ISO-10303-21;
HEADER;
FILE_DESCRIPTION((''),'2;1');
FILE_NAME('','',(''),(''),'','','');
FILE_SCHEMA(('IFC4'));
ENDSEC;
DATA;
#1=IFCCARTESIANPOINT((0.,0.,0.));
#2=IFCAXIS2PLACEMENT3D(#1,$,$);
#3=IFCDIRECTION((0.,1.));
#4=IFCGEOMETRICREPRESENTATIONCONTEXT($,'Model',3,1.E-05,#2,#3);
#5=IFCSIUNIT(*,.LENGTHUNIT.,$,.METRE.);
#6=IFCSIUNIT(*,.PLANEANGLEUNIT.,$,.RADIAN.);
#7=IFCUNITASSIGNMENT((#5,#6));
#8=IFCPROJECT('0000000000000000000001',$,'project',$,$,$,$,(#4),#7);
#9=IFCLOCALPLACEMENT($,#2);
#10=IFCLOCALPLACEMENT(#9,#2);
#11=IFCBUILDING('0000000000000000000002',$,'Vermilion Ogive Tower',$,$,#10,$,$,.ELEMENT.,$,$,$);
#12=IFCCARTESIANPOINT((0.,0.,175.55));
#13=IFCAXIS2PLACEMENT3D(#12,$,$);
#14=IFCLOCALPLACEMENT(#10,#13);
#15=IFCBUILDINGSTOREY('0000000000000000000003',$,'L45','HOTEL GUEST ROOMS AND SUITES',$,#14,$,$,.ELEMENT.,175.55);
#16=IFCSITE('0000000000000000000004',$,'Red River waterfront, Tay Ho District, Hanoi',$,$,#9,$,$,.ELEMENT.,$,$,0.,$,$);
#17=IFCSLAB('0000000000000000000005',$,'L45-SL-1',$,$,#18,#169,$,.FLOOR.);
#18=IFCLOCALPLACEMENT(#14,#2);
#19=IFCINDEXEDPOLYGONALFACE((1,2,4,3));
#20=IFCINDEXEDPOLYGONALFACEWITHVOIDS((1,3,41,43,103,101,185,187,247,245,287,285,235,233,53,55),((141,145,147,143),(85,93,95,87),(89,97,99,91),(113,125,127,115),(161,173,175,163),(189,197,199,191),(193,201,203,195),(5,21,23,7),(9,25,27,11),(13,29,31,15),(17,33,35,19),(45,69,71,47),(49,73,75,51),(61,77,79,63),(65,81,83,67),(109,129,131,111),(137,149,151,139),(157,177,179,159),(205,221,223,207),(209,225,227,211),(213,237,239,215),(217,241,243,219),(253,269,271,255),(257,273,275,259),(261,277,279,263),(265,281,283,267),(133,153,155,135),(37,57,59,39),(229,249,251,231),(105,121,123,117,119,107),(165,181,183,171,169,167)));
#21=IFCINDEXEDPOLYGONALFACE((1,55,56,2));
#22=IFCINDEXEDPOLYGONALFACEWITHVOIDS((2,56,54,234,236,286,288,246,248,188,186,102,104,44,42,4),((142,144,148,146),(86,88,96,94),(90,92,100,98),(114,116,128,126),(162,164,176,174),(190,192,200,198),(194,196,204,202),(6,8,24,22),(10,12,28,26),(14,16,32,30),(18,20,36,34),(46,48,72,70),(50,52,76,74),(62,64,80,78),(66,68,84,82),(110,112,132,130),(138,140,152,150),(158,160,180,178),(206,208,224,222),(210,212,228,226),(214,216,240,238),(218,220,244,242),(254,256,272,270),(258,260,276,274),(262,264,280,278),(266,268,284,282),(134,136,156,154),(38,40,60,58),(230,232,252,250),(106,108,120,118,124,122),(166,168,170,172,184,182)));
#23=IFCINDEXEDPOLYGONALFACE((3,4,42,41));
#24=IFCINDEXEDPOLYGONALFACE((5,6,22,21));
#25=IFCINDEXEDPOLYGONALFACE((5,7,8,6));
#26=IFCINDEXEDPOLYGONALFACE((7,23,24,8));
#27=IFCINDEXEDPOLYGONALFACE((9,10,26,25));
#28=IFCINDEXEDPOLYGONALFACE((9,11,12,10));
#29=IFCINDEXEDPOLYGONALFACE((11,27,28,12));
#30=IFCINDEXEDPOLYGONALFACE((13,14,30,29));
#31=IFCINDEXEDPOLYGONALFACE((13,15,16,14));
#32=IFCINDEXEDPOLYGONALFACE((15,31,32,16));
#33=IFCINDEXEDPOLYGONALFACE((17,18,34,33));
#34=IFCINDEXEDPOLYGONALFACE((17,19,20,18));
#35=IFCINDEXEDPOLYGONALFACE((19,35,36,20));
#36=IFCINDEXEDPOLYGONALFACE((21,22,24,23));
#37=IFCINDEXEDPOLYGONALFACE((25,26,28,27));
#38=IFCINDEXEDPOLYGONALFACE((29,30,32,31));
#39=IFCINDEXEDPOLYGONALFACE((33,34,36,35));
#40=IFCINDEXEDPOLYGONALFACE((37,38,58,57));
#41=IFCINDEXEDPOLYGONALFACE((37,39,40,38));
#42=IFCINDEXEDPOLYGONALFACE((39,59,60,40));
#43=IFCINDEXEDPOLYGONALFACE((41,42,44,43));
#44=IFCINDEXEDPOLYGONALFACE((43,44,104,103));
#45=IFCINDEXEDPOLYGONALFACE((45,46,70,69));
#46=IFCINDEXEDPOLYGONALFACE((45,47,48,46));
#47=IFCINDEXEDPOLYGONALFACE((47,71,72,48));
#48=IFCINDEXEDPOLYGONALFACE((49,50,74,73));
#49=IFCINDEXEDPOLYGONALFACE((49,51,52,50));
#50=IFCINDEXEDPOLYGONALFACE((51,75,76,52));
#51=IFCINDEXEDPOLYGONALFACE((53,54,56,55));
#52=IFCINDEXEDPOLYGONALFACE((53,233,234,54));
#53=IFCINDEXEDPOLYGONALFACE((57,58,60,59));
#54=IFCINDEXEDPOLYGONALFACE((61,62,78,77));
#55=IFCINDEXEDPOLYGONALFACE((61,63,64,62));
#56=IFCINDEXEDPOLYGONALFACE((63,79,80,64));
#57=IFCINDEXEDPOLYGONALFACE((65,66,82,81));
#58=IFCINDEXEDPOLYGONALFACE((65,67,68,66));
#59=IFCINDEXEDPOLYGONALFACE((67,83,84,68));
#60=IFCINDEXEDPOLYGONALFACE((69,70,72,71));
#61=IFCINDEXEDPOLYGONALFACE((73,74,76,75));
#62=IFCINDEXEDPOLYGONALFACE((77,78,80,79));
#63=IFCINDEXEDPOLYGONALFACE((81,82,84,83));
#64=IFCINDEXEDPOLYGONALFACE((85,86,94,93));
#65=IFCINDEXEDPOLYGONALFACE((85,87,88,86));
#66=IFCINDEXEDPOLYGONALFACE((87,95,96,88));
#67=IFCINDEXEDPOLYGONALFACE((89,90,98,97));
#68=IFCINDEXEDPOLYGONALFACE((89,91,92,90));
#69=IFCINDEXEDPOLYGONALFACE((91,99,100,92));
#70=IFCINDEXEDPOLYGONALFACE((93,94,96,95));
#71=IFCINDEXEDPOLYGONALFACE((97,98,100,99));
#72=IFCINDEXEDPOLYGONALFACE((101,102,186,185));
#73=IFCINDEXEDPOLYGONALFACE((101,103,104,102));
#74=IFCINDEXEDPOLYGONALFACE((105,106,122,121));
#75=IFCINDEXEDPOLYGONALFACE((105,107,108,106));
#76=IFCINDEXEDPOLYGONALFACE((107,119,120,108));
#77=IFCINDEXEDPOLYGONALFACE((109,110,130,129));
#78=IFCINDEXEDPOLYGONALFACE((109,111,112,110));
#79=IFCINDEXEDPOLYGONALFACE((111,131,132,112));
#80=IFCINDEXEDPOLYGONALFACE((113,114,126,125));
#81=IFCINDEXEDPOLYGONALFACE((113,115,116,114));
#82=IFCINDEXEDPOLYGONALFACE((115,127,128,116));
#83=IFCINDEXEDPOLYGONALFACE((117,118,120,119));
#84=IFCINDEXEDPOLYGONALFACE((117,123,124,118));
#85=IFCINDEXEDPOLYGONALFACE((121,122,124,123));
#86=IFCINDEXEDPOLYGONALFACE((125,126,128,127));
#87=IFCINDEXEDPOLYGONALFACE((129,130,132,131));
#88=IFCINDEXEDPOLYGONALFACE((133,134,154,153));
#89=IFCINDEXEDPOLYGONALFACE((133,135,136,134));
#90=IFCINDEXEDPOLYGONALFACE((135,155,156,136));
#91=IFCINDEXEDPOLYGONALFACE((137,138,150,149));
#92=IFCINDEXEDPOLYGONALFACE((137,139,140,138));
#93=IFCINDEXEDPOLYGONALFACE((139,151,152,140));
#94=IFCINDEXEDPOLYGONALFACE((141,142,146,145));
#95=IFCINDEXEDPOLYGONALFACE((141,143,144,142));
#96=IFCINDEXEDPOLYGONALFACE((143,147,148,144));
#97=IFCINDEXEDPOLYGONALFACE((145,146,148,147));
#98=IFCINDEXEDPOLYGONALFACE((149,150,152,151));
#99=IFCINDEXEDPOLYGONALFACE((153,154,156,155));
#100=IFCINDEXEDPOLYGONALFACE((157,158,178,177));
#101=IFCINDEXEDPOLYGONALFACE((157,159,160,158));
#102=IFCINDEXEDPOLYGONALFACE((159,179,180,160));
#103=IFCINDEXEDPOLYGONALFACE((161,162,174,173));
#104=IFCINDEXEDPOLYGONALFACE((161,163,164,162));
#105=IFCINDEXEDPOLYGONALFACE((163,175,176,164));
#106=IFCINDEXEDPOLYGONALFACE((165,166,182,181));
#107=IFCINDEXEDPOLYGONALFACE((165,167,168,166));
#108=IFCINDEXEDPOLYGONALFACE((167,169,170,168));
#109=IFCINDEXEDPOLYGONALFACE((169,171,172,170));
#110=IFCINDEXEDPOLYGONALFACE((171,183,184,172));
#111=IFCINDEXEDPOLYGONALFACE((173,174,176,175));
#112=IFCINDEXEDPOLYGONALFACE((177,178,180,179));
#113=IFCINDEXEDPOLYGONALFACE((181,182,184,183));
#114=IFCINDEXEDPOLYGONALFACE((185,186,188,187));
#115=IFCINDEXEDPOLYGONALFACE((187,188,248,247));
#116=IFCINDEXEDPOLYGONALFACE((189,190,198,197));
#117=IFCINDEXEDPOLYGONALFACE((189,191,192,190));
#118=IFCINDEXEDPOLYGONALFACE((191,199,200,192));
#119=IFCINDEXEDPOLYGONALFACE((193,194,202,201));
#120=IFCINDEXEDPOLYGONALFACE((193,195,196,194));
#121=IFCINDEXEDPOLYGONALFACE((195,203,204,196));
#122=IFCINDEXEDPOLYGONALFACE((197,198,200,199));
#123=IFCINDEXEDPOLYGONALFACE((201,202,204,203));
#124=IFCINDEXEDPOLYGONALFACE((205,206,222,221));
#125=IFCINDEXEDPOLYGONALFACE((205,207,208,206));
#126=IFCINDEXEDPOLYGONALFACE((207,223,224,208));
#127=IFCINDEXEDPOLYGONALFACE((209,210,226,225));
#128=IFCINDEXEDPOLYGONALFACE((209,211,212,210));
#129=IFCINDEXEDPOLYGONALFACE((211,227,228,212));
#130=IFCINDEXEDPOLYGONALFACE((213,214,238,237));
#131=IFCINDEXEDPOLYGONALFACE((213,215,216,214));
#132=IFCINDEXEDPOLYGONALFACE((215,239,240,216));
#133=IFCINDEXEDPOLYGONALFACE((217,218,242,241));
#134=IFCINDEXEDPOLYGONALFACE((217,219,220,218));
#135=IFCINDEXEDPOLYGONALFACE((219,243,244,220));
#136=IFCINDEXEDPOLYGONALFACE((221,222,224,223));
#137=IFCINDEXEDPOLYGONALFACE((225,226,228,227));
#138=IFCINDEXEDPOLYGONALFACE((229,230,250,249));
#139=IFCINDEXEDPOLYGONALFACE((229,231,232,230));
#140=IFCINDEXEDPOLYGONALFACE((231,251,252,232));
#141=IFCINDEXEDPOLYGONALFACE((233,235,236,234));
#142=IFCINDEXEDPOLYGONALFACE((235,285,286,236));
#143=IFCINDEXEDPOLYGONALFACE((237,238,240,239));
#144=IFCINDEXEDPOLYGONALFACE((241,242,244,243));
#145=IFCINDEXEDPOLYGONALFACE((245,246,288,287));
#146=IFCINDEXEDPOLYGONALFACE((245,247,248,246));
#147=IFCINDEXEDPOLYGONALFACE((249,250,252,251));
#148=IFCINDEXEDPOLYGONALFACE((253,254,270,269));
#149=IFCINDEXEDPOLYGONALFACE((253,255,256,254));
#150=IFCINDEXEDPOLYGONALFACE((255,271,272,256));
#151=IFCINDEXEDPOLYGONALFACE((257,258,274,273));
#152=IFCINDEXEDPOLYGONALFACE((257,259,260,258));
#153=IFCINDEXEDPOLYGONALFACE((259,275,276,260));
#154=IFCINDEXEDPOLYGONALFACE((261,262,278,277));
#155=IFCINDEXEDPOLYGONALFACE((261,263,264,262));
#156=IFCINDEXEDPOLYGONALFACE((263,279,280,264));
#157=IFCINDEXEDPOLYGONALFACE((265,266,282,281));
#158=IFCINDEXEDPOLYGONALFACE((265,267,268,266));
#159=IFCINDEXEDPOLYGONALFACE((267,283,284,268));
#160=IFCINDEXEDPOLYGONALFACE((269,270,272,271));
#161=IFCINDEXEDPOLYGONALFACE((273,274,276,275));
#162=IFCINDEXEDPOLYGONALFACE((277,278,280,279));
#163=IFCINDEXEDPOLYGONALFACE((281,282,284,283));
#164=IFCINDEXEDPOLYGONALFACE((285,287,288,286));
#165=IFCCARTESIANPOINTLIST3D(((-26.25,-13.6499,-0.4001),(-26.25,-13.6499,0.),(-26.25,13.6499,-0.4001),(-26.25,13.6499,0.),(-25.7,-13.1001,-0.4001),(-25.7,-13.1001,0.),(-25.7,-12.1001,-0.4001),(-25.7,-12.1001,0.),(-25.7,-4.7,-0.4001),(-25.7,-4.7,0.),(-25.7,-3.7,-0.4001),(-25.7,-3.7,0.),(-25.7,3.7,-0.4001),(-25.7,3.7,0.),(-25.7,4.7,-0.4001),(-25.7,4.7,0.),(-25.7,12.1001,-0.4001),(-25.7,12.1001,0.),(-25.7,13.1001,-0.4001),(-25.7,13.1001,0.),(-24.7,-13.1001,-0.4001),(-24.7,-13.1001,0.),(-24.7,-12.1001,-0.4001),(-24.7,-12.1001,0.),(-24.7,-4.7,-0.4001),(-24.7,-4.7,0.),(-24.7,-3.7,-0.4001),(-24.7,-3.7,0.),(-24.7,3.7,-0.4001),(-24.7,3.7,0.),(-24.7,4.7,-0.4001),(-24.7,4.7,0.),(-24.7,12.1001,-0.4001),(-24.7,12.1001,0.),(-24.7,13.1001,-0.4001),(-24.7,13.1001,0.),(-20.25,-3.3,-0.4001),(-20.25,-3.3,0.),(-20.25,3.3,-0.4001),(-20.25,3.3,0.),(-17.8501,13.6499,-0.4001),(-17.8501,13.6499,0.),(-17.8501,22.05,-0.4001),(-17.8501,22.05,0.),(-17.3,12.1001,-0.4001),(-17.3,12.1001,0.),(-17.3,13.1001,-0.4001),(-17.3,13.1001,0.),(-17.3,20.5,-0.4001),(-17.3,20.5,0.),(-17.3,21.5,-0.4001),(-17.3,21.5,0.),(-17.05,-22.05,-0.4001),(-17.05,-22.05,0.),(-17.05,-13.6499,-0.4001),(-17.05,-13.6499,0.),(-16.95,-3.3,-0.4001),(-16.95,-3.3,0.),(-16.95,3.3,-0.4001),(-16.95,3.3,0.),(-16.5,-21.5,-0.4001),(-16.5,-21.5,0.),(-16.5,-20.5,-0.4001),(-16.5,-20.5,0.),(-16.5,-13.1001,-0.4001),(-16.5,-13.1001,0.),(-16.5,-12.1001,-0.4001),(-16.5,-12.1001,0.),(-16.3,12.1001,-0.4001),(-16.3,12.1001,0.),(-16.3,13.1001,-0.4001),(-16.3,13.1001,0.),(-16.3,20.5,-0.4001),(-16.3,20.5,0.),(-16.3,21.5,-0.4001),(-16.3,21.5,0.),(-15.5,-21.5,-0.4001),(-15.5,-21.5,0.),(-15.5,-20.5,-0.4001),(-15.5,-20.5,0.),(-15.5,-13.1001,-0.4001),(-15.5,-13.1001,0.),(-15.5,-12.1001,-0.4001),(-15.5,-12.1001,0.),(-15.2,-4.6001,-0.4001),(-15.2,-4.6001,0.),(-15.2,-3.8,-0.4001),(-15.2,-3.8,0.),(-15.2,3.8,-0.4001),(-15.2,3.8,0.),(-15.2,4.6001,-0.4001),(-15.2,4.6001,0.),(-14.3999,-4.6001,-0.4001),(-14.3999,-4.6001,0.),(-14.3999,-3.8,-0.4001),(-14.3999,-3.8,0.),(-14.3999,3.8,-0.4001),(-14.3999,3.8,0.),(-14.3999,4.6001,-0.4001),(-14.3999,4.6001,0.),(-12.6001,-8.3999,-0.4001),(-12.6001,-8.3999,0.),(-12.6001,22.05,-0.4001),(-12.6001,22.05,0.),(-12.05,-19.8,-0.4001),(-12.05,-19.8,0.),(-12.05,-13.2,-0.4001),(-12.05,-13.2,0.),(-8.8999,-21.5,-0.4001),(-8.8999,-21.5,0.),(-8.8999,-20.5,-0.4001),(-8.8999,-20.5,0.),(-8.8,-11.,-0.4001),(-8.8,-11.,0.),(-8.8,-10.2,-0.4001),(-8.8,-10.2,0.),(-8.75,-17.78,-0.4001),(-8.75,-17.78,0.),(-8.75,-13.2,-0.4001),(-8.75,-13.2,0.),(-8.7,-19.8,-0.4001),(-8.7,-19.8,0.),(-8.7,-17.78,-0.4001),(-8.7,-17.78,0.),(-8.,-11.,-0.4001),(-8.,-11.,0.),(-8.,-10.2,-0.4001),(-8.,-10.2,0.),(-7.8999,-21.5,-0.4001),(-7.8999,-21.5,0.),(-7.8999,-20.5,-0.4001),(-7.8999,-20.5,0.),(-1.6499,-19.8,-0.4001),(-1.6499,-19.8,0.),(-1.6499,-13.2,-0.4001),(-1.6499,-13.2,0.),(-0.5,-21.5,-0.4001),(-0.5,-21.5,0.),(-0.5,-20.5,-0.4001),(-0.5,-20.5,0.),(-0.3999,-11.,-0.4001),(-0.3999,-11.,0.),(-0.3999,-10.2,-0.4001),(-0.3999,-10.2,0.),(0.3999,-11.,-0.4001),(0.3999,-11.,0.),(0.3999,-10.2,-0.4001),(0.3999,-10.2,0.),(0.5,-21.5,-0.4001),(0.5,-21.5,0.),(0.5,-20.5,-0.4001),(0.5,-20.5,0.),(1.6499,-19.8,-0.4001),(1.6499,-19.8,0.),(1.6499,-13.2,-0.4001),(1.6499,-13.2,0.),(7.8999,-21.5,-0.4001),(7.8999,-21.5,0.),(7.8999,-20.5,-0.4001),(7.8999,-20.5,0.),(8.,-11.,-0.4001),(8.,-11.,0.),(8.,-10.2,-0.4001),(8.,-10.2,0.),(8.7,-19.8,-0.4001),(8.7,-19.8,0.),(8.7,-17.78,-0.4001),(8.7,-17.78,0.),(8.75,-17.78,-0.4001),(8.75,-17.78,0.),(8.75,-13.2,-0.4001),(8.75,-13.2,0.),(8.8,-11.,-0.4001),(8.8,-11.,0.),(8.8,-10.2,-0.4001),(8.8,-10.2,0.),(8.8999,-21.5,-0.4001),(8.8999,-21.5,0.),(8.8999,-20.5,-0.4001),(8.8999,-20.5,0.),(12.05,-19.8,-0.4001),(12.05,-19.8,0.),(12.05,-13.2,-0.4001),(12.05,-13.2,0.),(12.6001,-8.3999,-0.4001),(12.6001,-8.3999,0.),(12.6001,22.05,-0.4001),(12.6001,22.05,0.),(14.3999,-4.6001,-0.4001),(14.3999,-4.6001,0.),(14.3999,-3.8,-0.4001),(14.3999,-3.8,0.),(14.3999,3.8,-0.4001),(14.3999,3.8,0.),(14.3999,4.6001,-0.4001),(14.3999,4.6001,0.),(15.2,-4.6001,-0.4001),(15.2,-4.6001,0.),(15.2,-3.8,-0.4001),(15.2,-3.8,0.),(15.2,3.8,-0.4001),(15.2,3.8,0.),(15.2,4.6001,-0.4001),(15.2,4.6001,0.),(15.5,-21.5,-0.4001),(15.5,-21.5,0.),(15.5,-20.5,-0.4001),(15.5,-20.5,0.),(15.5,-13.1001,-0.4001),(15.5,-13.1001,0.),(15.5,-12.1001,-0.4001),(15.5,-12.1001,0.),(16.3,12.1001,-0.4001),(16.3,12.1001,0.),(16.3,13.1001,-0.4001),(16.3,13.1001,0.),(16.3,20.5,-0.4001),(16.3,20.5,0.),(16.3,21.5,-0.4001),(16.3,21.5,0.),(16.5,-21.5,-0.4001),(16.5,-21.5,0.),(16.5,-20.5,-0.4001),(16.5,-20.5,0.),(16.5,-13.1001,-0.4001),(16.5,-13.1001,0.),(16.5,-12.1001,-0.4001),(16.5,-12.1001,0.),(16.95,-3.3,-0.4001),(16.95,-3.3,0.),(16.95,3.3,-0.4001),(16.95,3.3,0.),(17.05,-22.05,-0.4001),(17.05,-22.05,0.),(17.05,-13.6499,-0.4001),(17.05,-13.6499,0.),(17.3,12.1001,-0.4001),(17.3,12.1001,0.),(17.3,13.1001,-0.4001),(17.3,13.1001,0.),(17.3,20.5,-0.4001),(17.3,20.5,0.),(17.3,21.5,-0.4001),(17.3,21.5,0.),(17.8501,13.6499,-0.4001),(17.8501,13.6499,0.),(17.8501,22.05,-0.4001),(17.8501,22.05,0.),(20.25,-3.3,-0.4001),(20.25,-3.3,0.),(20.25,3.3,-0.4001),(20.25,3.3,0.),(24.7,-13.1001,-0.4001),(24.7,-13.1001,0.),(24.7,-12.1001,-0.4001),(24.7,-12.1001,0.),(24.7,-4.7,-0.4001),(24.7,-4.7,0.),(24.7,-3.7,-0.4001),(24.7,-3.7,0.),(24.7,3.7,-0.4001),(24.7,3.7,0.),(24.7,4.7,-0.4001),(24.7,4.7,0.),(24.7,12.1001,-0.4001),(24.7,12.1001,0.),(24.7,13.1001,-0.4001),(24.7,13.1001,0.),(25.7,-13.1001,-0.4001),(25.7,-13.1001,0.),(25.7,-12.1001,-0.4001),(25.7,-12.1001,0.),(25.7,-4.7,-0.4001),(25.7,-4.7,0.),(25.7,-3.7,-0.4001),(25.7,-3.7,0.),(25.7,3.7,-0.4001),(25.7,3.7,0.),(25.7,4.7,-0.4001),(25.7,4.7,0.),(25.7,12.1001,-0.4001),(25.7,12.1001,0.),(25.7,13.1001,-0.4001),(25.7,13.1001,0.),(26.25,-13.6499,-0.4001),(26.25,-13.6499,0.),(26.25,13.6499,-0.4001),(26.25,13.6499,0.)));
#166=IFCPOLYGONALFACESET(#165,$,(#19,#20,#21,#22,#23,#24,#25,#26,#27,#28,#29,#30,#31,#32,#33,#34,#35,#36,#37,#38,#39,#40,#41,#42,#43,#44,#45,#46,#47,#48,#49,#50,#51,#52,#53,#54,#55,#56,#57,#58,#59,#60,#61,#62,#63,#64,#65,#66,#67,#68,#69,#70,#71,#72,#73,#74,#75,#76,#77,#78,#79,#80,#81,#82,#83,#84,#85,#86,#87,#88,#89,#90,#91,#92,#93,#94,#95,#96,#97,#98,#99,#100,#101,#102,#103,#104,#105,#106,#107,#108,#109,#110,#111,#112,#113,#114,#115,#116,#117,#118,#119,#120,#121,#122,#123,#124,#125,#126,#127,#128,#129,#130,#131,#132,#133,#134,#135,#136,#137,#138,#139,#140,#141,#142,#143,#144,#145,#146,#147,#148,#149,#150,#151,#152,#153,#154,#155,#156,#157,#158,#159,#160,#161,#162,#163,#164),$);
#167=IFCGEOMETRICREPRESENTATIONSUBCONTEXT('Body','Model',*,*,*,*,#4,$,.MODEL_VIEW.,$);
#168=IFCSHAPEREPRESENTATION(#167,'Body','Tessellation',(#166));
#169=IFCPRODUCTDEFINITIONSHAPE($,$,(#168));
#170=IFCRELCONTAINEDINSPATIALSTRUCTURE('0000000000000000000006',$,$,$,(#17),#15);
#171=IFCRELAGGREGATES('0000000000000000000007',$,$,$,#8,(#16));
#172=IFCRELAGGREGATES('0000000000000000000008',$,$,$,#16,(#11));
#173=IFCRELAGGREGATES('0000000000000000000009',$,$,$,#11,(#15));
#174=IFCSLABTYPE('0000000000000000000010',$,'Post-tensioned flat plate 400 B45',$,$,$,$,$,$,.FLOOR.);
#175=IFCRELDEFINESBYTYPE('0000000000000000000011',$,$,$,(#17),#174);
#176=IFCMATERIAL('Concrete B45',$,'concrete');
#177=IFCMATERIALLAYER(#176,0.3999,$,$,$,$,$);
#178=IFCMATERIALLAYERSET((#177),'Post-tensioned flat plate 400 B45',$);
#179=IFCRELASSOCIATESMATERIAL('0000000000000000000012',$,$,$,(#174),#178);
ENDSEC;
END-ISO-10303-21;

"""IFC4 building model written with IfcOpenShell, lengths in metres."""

from ifc_helpers import new_model, si_unit, direction, frame, origin, place, context, subcontext, project, spatial, polyline, outline, extrude, material, layer, layer_set, type_object, element, save


model = new_model("IFC4")

# Units and contexts
model_context = context("Model", 3, precision=1e-05, world=origin(), true_north=direction((0.0, 1.0)))
body_context = subcontext(model_context, "Body", "Model", "MODEL_VIEW")
ifc_project = project(units=[si_unit("LENGTHUNIT", "METRE"), si_unit("PLANEANGLEUNIT", "RADIAN")], contexts=[model_context])

# Site, building, storey
site_placement = place(None, origin())
site = spatial("IfcSite", under=ifc_project, at=site_placement, Name="Red River waterfront, Tay Ho District, Hanoi", CompositionType="ELEMENT", RefElevation=0.0)
building_placement = place(site_placement, origin())
building = spatial("IfcBuilding", under=site, at=building_placement, Name="Vermilion Ogive Tower", CompositionType="ELEMENT")
storey_placement = place(building_placement, frame((0.0, 0.0, 175.55)))
storey = spatial("IfcBuildingStorey", under=building, at=storey_placement, Name="L45", Description="HOTEL GUEST ROOMS AND SUITES", CompositionType="ELEMENT", Elevation=175.55)

# Slab
ifc_material_1 = material(Name="Concrete B45", Category="concrete")
ifc_layer_1 = layer(ifc_material_1, 0.3999)
ifc_layer_set_1 = layer_set([ifc_layer_1], Name="Post-tensioned flat plate 400 B45")
slab_type_1 = type_object("IfcSlabType", Name="Post-tensioned flat plate 400 B45", PredefinedType="FLOOR", material=ifc_layer_set_1)
slab_1_placement = place(storey_placement, frame((0.0, 0.0, -0.4001)))
element("IfcSlab", 1, at=slab_1_placement, inside=storey, type_object=slab_type_1, Name="L45-SL-1", PredefinedType="FLOOR", context=body_context, shape_type="SweptSolid", body=[
    extrude(outline(polyline([(-26.25, 13.6499), (-26.25, -13.6499), (-17.05, -13.6499), (-17.05, -22.05), (17.05, -22.05), (17.05, -13.6499), (26.25, -13.6499), (26.25, 13.6499), (17.8501, 13.6499), (17.8501, 22.05), (12.6001, 22.05), (12.6001, -8.3999), (-12.6001, -8.3999), (-12.6001, 22.05), (-17.8501, 22.05), (-17.8501, 13.6499), (-26.25, 13.6499)]), holes=[polyline([(24.7, -3.7), (25.7, -3.7), (25.7, -4.7), (24.7, -4.7), (24.7, -3.7)]), polyline([(24.7, -12.1001), (25.7, -12.1001), (25.7, -13.1001), (24.7, -13.1001), (24.7, -12.1001)]), polyline([(25.7, 13.1001), (25.7, 12.1001), (24.7, 12.1001), (24.7, 13.1001), (25.7, 13.1001)]), polyline([(25.7, 4.7), (25.7, 3.7), (24.7, 3.7), (24.7, 4.7), (25.7, 4.7)]), polyline([(16.95, 3.3), (20.25, 3.3), (20.25, -3.3), (16.95, -3.3), (16.95, 3.3)]), polyline([(16.3, 13.1001), (17.3, 13.1001), (17.3, 12.1001), (16.3, 12.1001), (16.3, 13.1001)]), polyline([(17.3, 21.5), (17.3, 20.5), (16.3, 20.5), (16.3, 21.5), (17.3, 21.5)]), polyline([(15.5, -12.1001), (16.5, -12.1001), (16.5, -13.1001), (15.5, -13.1001), (15.5, -12.1001)]), polyline([(15.5, -20.5), (16.5, -20.5), (16.5, -21.5), (15.5, -21.5), (15.5, -20.5)]), polyline([(14.3999, 4.6001), (15.2, 4.6001), (15.2, 3.8), (14.3999, 3.8), (14.3999, 4.6001)]), polyline([(15.2, -3.8), (15.2, -4.6001), (14.3999, -4.6001), (14.3999, -3.8), (15.2, -3.8)]), polyline([(12.05, -13.2), (12.05, -19.8), (8.7, -19.8), (8.7, -17.78), (8.75, -17.78), (8.75, -13.2), (12.05, -13.2)]), polyline([(7.8999, -20.5), (8.8999, -20.5), (8.8999, -21.5), (7.8999, -21.5), (7.8999, -20.5)]), polyline([(8.8, -10.2), (8.8, -11.0), (8.0, -11.0), (8.0, -10.2), (8.8, -10.2)]), polyline([(-1.6499, -13.2), (1.6499, -13.2), (1.6499, -19.8), (-1.6499, -19.8), (-1.6499, -13.2)]), polyline([(-0.5, -20.5), (0.5, -20.5), (0.5, -21.5), (-0.5, -21.5), (-0.5, -20.5)]), polyline([(-0.3999, -10.2), (0.3999, -10.2), (0.3999, -11.0), (-0.3999, -11.0), (-0.3999, -10.2)]), polyline([(-8.8999, -20.5), (-7.8999, -20.5), (-7.8999, -21.5), (-8.8999, -21.5), (-8.8999, -20.5)]), polyline([(-8.8, -10.2), (-8.0, -10.2), (-8.0, -11.0), (-8.8, -11.0), (-8.8, -10.2)]), polyline([(-12.05, -13.2), (-8.75, -13.2), (-8.75, -17.78), (-8.7, -17.78), (-8.7, -19.8), (-12.05, -19.8), (-12.05, -13.2)]), polyline([(-15.2, 4.6001), (-14.3999, 4.6001), (-14.3999, 3.8), (-15.2, 3.8), (-15.2, 4.6001)]), polyline([(-14.3999, -3.8), (-14.3999, -4.6001), (-15.2, -4.6001), (-15.2, -3.8), (-14.3999, -3.8)]), polyline([(-16.5, -12.1001), (-15.5, -12.1001), (-15.5, -13.1001), (-16.5, -13.1001), (-16.5, -12.1001)]), polyline([(-16.5, -20.5), (-15.5, -20.5), (-15.5, -21.5), (-16.5, -21.5), (-16.5, -20.5)]), polyline([(-17.3, 13.1001), (-16.3, 13.1001), (-16.3, 12.1001), (-17.3, 12.1001), (-17.3, 13.1001)]), polyline([(-16.3, 21.5), (-16.3, 20.5), (-17.3, 20.5), (-17.3, 21.5), (-16.3, 21.5)]), polyline([(-20.25, 3.3), (-16.95, 3.3), (-16.95, -3.3), (-20.25, -3.3), (-20.25, 3.3)]), polyline([(-24.7, 4.7), (-24.7, 3.7), (-25.7, 3.7), (-25.7, 4.7), (-24.7, 4.7)]), polyline([(-25.7, 13.1001), (-24.7, 13.1001), (-24.7, 12.1001), (-25.7, 12.1001), (-25.7, 13.1001)]), polyline([(-25.7, -3.7), (-24.7, -3.7), (-24.7, -4.7), (-25.7, -4.7), (-25.7, -3.7)]), polyline([(-25.7, -12.1001), (-24.7, -12.1001), (-24.7, -13.1001), (-25.7, -13.1001), (-25.7, -12.1001)])]), origin(), (0.0, 0.0, 1.0), 0.4001),
])

save(model, "model.ifc")
